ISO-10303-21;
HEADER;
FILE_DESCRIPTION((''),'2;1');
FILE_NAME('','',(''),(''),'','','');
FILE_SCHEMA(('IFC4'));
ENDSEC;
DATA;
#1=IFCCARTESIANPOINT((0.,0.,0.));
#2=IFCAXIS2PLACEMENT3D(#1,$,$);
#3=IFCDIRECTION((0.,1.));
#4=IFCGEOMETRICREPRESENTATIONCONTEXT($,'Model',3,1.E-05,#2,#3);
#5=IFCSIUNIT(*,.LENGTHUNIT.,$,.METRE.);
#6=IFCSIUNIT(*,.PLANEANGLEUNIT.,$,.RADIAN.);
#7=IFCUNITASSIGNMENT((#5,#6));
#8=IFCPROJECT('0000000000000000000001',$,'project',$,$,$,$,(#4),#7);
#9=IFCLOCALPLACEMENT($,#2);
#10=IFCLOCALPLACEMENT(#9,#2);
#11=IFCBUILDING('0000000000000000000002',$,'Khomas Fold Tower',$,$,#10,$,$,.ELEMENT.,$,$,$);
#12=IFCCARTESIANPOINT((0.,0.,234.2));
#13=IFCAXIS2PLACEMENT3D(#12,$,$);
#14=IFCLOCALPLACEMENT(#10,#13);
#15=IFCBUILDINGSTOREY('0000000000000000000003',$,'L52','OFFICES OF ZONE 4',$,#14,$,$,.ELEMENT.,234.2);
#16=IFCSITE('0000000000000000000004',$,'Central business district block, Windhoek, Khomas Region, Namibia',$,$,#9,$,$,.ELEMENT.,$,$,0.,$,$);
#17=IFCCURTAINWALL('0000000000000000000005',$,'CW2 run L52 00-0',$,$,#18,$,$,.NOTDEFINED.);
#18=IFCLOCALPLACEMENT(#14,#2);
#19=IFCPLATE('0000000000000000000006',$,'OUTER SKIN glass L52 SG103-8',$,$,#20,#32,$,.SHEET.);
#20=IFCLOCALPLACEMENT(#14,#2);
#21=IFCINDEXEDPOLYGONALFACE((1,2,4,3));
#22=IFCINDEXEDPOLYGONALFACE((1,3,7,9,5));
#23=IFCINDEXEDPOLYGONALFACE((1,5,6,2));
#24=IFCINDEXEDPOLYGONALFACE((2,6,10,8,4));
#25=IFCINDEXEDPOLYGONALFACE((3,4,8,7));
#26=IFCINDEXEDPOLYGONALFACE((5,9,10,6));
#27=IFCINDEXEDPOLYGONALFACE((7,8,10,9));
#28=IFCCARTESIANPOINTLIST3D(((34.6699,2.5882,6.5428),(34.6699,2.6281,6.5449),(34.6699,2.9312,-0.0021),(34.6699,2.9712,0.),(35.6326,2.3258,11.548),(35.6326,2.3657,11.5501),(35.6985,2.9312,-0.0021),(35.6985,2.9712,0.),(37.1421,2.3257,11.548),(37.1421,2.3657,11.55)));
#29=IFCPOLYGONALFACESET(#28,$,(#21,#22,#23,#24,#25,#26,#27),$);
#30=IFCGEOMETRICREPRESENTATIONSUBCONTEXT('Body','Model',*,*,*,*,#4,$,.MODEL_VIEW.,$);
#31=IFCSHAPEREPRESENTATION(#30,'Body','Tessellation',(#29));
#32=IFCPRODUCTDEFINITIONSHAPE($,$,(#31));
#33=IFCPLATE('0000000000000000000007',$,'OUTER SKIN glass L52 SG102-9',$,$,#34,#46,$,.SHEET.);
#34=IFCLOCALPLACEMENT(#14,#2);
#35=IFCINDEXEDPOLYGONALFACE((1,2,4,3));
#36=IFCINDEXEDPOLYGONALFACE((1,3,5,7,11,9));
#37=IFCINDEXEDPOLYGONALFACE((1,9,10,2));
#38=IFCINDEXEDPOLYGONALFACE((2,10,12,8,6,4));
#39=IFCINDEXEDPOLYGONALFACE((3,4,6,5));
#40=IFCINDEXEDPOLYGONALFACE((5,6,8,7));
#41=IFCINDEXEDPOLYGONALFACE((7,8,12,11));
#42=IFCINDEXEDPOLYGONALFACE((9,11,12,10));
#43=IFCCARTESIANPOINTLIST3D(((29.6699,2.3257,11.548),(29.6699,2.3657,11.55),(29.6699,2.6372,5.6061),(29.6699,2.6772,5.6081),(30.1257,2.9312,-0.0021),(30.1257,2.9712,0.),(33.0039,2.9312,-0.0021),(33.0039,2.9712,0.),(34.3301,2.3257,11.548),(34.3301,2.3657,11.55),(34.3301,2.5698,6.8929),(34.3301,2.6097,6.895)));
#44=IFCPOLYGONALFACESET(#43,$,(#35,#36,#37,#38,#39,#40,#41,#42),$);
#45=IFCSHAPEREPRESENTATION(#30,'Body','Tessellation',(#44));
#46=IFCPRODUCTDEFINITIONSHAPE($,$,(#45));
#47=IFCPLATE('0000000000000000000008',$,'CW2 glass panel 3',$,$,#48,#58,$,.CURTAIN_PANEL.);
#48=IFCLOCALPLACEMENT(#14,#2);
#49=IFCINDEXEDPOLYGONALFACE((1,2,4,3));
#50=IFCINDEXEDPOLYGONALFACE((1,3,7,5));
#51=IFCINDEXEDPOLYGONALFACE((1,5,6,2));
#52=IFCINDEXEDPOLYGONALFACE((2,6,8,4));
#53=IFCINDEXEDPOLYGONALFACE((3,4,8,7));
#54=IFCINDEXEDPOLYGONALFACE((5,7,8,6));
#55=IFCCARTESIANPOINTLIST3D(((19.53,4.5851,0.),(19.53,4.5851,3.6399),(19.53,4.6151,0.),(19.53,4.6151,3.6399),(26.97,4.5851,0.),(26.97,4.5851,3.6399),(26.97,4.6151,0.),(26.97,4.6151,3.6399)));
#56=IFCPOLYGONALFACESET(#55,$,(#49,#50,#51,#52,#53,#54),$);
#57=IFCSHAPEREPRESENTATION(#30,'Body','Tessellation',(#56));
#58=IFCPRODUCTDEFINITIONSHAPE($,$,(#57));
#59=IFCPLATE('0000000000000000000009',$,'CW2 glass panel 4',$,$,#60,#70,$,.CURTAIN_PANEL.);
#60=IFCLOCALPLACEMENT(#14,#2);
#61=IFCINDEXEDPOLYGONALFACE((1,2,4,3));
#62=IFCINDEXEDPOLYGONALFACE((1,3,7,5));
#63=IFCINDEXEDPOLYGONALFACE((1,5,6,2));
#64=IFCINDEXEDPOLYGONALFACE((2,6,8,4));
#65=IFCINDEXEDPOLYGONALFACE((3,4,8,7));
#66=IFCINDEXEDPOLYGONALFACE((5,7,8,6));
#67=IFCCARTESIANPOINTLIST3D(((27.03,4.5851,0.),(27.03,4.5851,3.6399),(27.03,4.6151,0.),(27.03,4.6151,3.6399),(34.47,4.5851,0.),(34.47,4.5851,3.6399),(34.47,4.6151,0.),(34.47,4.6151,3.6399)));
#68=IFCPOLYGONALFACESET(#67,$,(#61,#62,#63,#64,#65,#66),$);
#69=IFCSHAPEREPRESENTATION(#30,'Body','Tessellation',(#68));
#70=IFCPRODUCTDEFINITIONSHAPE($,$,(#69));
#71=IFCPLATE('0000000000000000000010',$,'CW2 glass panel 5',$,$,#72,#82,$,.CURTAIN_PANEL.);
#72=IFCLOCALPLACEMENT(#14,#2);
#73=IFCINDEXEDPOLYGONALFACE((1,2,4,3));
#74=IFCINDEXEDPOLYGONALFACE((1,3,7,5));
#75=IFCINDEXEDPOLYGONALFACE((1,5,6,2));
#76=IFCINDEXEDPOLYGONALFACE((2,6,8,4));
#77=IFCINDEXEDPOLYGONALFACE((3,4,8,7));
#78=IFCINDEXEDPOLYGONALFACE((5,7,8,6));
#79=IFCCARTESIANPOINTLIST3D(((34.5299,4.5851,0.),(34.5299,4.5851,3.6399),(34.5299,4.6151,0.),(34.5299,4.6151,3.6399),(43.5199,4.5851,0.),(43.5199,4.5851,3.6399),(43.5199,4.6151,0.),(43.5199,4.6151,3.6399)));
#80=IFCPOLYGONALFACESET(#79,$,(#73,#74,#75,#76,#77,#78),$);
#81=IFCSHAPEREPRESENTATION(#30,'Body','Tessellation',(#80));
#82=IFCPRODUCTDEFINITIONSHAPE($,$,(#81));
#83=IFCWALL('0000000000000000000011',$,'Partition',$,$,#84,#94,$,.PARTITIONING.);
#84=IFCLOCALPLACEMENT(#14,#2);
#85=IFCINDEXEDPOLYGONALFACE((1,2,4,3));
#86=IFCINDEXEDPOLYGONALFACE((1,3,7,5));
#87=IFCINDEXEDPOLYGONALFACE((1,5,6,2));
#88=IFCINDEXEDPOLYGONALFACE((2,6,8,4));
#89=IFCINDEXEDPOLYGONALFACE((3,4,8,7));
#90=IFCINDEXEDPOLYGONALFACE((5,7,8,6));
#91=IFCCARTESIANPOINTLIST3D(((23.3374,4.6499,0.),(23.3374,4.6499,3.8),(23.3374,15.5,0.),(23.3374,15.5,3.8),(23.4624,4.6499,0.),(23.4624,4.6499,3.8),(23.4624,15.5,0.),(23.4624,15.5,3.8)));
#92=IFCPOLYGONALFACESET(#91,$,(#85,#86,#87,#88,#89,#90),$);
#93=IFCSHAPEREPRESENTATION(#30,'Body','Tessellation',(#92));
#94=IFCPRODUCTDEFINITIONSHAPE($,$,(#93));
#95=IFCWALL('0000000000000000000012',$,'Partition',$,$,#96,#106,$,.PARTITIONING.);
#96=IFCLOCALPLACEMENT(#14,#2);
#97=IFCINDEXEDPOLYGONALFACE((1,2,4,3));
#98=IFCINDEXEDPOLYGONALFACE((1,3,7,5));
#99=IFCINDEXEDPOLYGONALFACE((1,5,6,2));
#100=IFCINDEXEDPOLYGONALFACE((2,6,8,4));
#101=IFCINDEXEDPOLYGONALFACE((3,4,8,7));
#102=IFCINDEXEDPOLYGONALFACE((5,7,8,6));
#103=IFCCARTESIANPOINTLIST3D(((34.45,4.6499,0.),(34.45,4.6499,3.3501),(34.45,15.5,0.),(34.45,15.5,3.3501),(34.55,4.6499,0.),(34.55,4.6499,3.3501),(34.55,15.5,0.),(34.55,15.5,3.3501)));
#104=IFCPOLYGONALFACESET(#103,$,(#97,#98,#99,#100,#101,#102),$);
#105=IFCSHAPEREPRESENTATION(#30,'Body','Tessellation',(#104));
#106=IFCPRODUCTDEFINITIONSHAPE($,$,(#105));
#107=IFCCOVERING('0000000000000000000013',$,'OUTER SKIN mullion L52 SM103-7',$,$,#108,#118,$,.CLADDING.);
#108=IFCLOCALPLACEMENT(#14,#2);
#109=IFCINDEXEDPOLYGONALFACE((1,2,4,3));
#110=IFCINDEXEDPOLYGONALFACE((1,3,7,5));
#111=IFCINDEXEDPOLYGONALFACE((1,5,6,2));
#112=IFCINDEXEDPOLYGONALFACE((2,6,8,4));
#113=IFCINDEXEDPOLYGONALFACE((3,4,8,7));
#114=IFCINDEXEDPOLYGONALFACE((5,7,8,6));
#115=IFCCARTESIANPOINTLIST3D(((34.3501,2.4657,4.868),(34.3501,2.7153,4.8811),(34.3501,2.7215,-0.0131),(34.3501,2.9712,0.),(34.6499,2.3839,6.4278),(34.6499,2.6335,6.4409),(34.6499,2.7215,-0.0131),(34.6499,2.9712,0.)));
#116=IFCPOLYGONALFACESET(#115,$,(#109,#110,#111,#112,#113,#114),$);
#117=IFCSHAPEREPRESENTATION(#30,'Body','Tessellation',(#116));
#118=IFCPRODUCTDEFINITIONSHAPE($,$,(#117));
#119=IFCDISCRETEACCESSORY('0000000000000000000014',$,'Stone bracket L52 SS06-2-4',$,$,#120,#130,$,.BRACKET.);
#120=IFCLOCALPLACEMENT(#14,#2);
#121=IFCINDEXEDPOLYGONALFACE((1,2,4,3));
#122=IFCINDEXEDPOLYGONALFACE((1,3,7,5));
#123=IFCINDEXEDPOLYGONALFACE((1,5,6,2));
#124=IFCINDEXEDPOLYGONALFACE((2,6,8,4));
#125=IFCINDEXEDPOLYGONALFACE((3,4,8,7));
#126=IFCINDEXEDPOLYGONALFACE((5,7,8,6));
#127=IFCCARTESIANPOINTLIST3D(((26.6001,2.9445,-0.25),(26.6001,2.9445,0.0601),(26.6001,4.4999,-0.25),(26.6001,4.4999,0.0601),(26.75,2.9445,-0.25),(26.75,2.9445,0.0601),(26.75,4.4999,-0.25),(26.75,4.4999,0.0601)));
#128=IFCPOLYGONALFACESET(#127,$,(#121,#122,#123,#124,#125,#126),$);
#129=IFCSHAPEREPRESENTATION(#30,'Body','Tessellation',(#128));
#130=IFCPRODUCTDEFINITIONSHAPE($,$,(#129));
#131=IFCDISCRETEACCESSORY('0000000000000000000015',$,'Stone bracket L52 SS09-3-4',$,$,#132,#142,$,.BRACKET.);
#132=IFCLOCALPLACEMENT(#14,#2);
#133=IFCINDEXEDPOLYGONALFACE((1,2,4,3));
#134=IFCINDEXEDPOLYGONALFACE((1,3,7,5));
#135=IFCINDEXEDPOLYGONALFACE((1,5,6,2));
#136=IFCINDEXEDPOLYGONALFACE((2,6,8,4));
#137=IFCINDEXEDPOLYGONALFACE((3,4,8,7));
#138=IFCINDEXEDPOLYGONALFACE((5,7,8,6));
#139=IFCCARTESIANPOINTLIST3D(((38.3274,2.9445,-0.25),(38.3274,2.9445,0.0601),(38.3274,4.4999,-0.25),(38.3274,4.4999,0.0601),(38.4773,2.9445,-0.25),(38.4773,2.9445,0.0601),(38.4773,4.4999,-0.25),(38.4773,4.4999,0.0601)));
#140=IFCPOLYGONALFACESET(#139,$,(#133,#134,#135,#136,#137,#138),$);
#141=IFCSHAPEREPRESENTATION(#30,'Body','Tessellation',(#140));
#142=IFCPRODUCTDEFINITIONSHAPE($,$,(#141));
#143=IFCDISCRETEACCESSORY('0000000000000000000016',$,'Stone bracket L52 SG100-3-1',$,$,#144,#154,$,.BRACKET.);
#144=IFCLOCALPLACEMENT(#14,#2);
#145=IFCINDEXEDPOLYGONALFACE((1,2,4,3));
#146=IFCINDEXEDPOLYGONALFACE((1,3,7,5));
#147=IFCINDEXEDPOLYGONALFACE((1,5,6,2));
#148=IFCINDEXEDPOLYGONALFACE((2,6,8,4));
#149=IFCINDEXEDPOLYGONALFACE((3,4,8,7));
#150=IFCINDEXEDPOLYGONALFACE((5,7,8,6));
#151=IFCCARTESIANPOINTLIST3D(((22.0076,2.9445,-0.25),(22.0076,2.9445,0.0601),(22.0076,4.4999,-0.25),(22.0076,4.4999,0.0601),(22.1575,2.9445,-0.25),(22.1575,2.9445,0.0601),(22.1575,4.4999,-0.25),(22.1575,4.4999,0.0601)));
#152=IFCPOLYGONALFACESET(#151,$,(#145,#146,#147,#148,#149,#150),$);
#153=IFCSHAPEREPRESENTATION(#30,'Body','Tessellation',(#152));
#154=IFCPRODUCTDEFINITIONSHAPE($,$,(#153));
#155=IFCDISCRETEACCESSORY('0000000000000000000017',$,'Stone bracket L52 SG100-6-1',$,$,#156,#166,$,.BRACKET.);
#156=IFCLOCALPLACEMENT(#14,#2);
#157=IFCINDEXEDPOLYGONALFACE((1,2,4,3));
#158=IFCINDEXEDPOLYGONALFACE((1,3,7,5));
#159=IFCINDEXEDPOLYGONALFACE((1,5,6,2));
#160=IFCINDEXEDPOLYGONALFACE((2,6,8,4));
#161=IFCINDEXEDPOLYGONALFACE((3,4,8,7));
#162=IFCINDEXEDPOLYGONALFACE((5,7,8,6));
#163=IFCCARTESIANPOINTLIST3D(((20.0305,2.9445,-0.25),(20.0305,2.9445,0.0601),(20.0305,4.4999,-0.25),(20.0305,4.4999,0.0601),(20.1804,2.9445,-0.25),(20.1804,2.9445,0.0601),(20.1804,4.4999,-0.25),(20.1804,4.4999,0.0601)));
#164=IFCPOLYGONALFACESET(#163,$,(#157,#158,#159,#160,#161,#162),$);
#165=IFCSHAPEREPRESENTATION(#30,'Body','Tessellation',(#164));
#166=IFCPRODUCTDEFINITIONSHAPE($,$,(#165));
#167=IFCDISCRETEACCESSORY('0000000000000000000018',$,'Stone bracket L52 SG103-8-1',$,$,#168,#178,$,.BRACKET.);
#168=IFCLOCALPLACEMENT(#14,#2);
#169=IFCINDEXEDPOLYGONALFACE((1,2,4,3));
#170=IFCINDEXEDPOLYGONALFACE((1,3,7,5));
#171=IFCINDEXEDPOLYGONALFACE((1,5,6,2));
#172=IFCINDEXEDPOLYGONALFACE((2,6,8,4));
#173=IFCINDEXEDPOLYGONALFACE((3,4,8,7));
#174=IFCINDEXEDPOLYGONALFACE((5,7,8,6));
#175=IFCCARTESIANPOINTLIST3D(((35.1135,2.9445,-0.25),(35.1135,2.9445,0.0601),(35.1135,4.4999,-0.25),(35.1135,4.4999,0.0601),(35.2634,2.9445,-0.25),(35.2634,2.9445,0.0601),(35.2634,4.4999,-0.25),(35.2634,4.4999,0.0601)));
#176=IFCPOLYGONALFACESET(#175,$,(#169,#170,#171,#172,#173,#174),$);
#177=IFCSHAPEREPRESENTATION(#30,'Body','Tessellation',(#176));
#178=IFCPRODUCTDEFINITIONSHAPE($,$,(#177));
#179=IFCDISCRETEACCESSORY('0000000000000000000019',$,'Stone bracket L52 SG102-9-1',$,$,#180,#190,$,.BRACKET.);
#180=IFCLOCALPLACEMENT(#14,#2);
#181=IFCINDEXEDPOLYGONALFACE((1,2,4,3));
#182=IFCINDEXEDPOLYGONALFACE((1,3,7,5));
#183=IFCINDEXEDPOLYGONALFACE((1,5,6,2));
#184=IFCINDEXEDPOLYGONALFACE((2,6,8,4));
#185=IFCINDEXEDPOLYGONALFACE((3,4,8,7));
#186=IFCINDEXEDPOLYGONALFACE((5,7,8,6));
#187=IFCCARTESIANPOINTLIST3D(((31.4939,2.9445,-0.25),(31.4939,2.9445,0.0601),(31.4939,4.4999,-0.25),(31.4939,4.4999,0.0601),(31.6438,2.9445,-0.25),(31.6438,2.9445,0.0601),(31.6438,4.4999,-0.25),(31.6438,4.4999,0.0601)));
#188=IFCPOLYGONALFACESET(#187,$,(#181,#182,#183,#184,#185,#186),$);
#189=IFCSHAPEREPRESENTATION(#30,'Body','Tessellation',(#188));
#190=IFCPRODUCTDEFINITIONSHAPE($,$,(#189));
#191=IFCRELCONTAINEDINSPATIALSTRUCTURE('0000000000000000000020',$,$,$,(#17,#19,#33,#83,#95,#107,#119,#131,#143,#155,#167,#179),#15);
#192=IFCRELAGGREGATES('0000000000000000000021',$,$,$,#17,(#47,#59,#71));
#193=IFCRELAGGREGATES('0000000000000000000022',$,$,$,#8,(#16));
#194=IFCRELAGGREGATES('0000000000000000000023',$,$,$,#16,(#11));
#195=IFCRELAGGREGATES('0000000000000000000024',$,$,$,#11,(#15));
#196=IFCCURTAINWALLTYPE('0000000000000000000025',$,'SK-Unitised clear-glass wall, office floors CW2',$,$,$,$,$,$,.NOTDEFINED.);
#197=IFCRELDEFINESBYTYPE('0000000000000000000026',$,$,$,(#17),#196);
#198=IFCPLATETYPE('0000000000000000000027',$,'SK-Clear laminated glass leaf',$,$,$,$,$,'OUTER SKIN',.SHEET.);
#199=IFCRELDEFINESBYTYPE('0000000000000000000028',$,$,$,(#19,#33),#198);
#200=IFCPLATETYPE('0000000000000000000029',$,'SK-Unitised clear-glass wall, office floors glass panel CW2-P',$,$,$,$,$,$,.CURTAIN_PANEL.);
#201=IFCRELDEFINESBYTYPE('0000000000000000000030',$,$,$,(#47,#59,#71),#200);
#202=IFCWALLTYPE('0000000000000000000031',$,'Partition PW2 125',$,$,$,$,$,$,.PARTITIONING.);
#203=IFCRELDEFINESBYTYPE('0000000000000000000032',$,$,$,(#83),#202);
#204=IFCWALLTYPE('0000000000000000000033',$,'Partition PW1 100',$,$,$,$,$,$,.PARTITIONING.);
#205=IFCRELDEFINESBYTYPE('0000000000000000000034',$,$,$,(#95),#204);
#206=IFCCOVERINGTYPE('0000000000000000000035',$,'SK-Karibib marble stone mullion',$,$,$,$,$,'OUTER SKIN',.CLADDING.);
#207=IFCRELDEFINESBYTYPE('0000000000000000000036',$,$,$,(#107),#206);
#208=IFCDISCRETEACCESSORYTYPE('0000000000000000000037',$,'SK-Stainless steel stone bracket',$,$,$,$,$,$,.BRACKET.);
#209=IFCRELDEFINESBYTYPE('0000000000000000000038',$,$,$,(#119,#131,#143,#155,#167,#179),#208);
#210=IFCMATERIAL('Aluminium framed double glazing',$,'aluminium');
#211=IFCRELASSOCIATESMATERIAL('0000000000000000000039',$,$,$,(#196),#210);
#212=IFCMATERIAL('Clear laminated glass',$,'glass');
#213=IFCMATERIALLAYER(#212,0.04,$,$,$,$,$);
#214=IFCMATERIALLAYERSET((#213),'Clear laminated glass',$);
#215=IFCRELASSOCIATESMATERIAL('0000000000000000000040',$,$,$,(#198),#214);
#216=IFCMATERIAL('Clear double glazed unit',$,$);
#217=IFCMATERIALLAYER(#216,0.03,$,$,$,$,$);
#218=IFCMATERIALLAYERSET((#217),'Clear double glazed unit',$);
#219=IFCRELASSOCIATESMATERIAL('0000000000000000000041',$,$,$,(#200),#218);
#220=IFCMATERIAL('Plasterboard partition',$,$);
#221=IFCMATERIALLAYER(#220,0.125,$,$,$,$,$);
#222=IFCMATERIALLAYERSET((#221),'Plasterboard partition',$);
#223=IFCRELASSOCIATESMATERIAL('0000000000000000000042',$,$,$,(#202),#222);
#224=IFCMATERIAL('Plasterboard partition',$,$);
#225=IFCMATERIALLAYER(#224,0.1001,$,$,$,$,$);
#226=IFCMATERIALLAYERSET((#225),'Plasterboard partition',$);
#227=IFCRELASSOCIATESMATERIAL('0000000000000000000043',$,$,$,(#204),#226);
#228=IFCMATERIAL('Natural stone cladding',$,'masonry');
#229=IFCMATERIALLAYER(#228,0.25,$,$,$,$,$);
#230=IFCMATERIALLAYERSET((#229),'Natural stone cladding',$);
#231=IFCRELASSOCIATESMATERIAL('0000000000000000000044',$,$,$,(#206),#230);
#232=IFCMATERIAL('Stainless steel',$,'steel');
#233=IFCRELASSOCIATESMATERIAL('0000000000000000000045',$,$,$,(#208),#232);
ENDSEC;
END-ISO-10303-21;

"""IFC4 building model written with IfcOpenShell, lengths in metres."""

from ifc_helpers import new_model, si_unit, direction, frame, frame_2d, origin, origin_2d, place, context, subcontext, project, spatial, polyline, rectangle, outline, extrude, source, transform, mapped, material, layer, layer_set, type_object, element, aggregate, save


model = new_model("IFC4")

# Units and contexts
model_context = context("Model", 3, precision=1e-05, world=origin(), true_north=direction((0.0, 1.0)))
body_context = subcontext(model_context, "Body", "Model", "MODEL_VIEW")
ifc_project = project(units=[si_unit("LENGTHUNIT", "METRE"), si_unit("PLANEANGLEUNIT", "RADIAN")], contexts=[model_context])

# Site, building, storey
site_placement = place(None, origin())
site = spatial("IfcSite", under=ifc_project, at=site_placement, Name="Central business district block, Windhoek, Khomas Region, Namibia", CompositionType="ELEMENT", RefElevation=0.0)
building_placement = place(site_placement, origin())
building = spatial("IfcBuilding", under=site, at=building_placement, Name="Khomas Fold Tower", CompositionType="ELEMENT")
storey_placement = place(building_placement, frame((0.0, 0.0, 234.2)))
storey = spatial("IfcBuildingStorey", under=building, at=storey_placement, Name="L52", Description="OFFICES OF ZONE 4", CompositionType="ELEMENT", Elevation=234.2)

# Curtain wall
ifc_material_1 = material(Name="Aluminium framed double glazing", Category="aluminium")
curtain_wall_type = type_object("IfcCurtainWallType", Name="SK-Unitised clear-glass wall, office floors CW2", PredefinedType="NOTDEFINED", material=ifc_material_1)
curtain_wall_placement = place(storey_placement, origin())
curtain_wall = element("IfcCurtainWall", 1, at=curtain_wall_placement, inside=storey, type_object=curtain_wall_type, Name="CW2 run L52 00-0", PredefinedType="NOTDEFINED")

# Plates
ifc_material_2 = material(Name="Clear laminated glass", Category="glass")
ifc_layer_1 = layer(ifc_material_2, 0.04)
ifc_layer_set_1 = layer_set([ifc_layer_1], Name="Clear laminated glass")
plate_type_1 = type_object("IfcPlateType", Name="SK-Clear laminated glass leaf", ElementType="OUTER SKIN", PredefinedType="SHEET", material=ifc_layer_set_1)
plate_1_placement = place(storey_placement, frame((35.6985, 2.9712, 0.0), z_axis=(0.000025, 0.998629, 0.052347), x_axis=(-1.0, 0.000025, 0.000001)))
element("IfcPlate", 2, at=plate_1_placement, inside=storey, type_object=plate_type_1, Name="OUTER SKIN glass L52 SG103-8", PredefinedType="SHEET", context=body_context, shape_type="SweptSolid", body=[
    extrude(outline(polyline([(0.0, 0.0), (1.0286, 0.0), (1.0286, 6.5539), (0.0659, 11.5659), (-1.4436, 11.5659), (0.0, 0.0)])), origin(), (0.0, 0.0, -1.0), 0.04),
])
plate_2_placement = place(storey_placement, frame((33.0039, 2.9712, 0.0), z_axis=(-0.000009, 0.998629, 0.052351), x_axis=(-1.0, -0.000009, 0.0)))
element("IfcPlate", 3, at=plate_2_placement, inside=storey, type_object=plate_type_1, Name="OUTER SKIN glass L52 SG102-9", PredefinedType="SHEET", context=body_context, shape_type="SweptSolid", body=[
    extrude(outline(polyline([(0.0, 0.0), (2.8782, 0.0), (3.334, 5.6159), (3.334, 11.5659), (-1.3262, 11.5659), (-1.3262, 6.9045), (0.0, 0.0)])), origin(), (0.0, 0.0, -1.0), 0.04),
])

# Plates
ifc_material_3 = material(Name="Clear double glazed unit")
ifc_layer_2 = layer(ifc_material_3, 0.03)
ifc_layer_set_2 = layer_set([ifc_layer_2], Name="Clear double glazed unit")
plate_type_2 = type_object("IfcPlateType", Name="SK-Unitised clear-glass wall, office floors glass panel CW2-P", PredefinedType="CURTAIN_PANEL", material=ifc_layer_set_2)
shared_shape_1 = source(origin(), body_context, "Body", "SweptSolid", [
    extrude(rectangle(XDim=7.4399, YDim=0.03, at=origin_2d()), origin(), (0.0, 0.0, 1.0), 3.6399),
])
plate_3_placement = place(storey_placement, frame((23.25, 4.6001, 0.0), z_axis=(0.0, 0.0, 1.0), x_axis=(1.0, 0.0, 0.0)))
plate_3 = element("IfcPlate", 4, at=plate_3_placement, type_object=plate_type_2, Name="CW2 glass panel 3", PredefinedType="CURTAIN_PANEL", context=body_context, shape_type="MappedRepresentation", body=[
    mapped(shared_shape_1, transform((0.0, 0.0, 0.0))),
])
plate_4_placement = place(storey_placement, frame((30.75, 4.6001, 0.0), z_axis=(0.0, 0.0, 1.0), x_axis=(1.0, 0.0, 0.0)))
plate_4 = element("IfcPlate", 5, at=plate_4_placement, type_object=plate_type_2, Name="CW2 glass panel 4", PredefinedType="CURTAIN_PANEL", context=body_context, shape_type="MappedRepresentation", body=[
    mapped(shared_shape_1, transform((0.0, 0.0, 0.0))),
])
shared_shape_2 = source(origin(), body_context, "Body", "SweptSolid", [
    extrude(rectangle(XDim=8.99, YDim=0.03, at=origin_2d()), origin(), (0.0, 0.0, 1.0), 3.6399),
])
plate_5_placement = place(storey_placement, frame((39.0249, 4.6001, 0.0), z_axis=(0.0, 0.0, 1.0), x_axis=(1.0, 0.0, 0.0)))
plate_5 = element("IfcPlate", 6, at=plate_5_placement, type_object=plate_type_2, Name="CW2 glass panel 5", PredefinedType="CURTAIN_PANEL", context=body_context, shape_type="MappedRepresentation", body=[
    mapped(shared_shape_2, transform((0.0, 0.0, 0.0))),
])
aggregate(curtain_wall, [plate_3, plate_4, plate_5])

# Walls
ifc_material_4 = material(Name="Plasterboard partition")
ifc_layer_3 = layer(ifc_material_4, 0.125)
ifc_layer_set_3 = layer_set([ifc_layer_3], Name="Plasterboard partition")
wall_type_1 = type_object("IfcWallType", Name="Partition PW2 125", PredefinedType="PARTITIONING", material=ifc_layer_set_3)
shared_shape_3 = source(origin(), body_context, "Body", "SweptSolid", [
    extrude(rectangle(XDim=10.8501, YDim=0.125, at=frame_2d((5.425, 0.0))), origin(), (0.0, 0.0, 1.0), 3.8),
])
wall_1_placement = place(storey_placement, frame((23.3999, 4.6499, 0.0), z_axis=(0.0, 0.0, 1.0), x_axis=(0.0, 1.0, 0.0)))
element("IfcWall", 7, at=wall_1_placement, inside=storey, type_object=wall_type_1, Name="Partition", PredefinedType="PARTITIONING", context=body_context, shape_type="MappedRepresentation", body=[
    mapped(shared_shape_3, transform((0.0, 0.0, 0.0))),
])
ifc_material_5 = material(Name="Plasterboard partition")
ifc_layer_4 = layer(ifc_material_5, 0.1001)
ifc_layer_set_4 = layer_set([ifc_layer_4], Name="Plasterboard partition")
wall_type_2 = type_object("IfcWallType", Name="Partition PW1 100", PredefinedType="PARTITIONING", material=ifc_layer_set_4)
shared_shape_4 = source(origin(), body_context, "Body", "SweptSolid", [
    extrude(rectangle(XDim=10.8501, YDim=0.1001, at=frame_2d((5.425, 0.0))), origin(), (0.0, 0.0, 1.0), 3.3501),
])
wall_2_placement = place(storey_placement, frame((34.5, 4.6499, 0.0), z_axis=(0.0, 0.0, 1.0), x_axis=(0.0, 1.0, 0.0)))
element("IfcWall", 8, at=wall_2_placement, inside=storey, type_object=wall_type_2, Name="Partition", PredefinedType="PARTITIONING", context=body_context, shape_type="MappedRepresentation", body=[
    mapped(shared_shape_4, transform((0.0, 0.0, 0.0))),
])

# Covering
ifc_material_6 = material(Name="Natural stone cladding", Category="masonry")
ifc_layer_5 = layer(ifc_material_6, 0.25)
ifc_layer_set_5 = layer_set([ifc_layer_5], Name="Natural stone cladding")
covering_type = type_object("IfcCoveringType", Name="SK-Karibib marble stone mullion", ElementType="OUTER SKIN", PredefinedType="CLADDING", material=ifc_layer_set_5)
covering_placement = place(storey_placement, frame((34.3501, 2.9712, 0.0), z_axis=(0.000035, 0.998629, 0.052349), x_axis=(0.0, -0.052349, 0.998629)))
element("IfcCovering", 9, at=covering_placement, inside=storey, type_object=covering_type, Name="OUTER SKIN mullion L52 SM103-7", PredefinedType="CLADDING", context=body_context, shape_type="SweptSolid", body=[
    extrude(outline(polyline([(0.0, 0.0), (4.8878, 0.0), (6.4498, 0.2998), (0.0, 0.2998), (0.0, 0.0)])), origin(), (0.0, 0.0, -1.0), 0.25),
])

# Discrete accessories
ifc_material_7 = material(Name="Stainless steel", Category="steel")
discrete_accessory_type = type_object("IfcDiscreteAccessoryType", Name="SK-Stainless steel stone bracket", PredefinedType="BRACKET", material=ifc_material_7)
shared_shape_5 = source(origin(), body_context, "Body", "SweptSolid", [
    extrude(rectangle(XDim=1.5554, YDim=0.1499, at=origin_2d()), origin(), (0.0, 0.0, 1.0), 0.3101),
])
for number, where, z_axis, x_axis, name in (
    (10, (26.675, 3.7222, -0.25), (0.0, 0.0, 1.0), (0.0, -1.0, 0.0), "Stone bracket L52 SS06-2-4"),
    (11, (38.4023, 3.7222, -0.25), (0.0, 0.0, 1.0), (0.0, -1.0, 0.0), "Stone bracket L52 SS09-3-4"),
    (12, (22.0825, 3.7222, -0.25), (0.0, 0.0, 1.0), (0.0, -1.0, 0.0), "Stone bracket L52 SG100-3-1"),
    (13, (20.1055, 3.7222, -0.25), (0.0, 0.0, 1.0), (0.0, -1.0, 0.0), "Stone bracket L52 SG100-6-1"),
    (14, (35.1885, 3.7222, -0.25), (0.0, 0.0, 1.0), (0.0, -1.0, 0.0), "Stone bracket L52 SG103-8-1"),
    (15, (31.5688, 3.7222, -0.25), (0.0, 0.0, 1.0), (0.0, -1.0, 0.0), "Stone bracket L52 SG102-9-1"),
):
    element("IfcDiscreteAccessory", number, at=place(storey_placement, frame(where, z_axis=z_axis, x_axis=x_axis)), inside=storey, type_object=discrete_accessory_type, Name=name, PredefinedType="BRACKET", context=body_context, shape_type="MappedRepresentation", body=[
        mapped(shared_shape_5, transform((0.0, 0.0, 0.0))),
    ])

save(model, "model.ifc")
